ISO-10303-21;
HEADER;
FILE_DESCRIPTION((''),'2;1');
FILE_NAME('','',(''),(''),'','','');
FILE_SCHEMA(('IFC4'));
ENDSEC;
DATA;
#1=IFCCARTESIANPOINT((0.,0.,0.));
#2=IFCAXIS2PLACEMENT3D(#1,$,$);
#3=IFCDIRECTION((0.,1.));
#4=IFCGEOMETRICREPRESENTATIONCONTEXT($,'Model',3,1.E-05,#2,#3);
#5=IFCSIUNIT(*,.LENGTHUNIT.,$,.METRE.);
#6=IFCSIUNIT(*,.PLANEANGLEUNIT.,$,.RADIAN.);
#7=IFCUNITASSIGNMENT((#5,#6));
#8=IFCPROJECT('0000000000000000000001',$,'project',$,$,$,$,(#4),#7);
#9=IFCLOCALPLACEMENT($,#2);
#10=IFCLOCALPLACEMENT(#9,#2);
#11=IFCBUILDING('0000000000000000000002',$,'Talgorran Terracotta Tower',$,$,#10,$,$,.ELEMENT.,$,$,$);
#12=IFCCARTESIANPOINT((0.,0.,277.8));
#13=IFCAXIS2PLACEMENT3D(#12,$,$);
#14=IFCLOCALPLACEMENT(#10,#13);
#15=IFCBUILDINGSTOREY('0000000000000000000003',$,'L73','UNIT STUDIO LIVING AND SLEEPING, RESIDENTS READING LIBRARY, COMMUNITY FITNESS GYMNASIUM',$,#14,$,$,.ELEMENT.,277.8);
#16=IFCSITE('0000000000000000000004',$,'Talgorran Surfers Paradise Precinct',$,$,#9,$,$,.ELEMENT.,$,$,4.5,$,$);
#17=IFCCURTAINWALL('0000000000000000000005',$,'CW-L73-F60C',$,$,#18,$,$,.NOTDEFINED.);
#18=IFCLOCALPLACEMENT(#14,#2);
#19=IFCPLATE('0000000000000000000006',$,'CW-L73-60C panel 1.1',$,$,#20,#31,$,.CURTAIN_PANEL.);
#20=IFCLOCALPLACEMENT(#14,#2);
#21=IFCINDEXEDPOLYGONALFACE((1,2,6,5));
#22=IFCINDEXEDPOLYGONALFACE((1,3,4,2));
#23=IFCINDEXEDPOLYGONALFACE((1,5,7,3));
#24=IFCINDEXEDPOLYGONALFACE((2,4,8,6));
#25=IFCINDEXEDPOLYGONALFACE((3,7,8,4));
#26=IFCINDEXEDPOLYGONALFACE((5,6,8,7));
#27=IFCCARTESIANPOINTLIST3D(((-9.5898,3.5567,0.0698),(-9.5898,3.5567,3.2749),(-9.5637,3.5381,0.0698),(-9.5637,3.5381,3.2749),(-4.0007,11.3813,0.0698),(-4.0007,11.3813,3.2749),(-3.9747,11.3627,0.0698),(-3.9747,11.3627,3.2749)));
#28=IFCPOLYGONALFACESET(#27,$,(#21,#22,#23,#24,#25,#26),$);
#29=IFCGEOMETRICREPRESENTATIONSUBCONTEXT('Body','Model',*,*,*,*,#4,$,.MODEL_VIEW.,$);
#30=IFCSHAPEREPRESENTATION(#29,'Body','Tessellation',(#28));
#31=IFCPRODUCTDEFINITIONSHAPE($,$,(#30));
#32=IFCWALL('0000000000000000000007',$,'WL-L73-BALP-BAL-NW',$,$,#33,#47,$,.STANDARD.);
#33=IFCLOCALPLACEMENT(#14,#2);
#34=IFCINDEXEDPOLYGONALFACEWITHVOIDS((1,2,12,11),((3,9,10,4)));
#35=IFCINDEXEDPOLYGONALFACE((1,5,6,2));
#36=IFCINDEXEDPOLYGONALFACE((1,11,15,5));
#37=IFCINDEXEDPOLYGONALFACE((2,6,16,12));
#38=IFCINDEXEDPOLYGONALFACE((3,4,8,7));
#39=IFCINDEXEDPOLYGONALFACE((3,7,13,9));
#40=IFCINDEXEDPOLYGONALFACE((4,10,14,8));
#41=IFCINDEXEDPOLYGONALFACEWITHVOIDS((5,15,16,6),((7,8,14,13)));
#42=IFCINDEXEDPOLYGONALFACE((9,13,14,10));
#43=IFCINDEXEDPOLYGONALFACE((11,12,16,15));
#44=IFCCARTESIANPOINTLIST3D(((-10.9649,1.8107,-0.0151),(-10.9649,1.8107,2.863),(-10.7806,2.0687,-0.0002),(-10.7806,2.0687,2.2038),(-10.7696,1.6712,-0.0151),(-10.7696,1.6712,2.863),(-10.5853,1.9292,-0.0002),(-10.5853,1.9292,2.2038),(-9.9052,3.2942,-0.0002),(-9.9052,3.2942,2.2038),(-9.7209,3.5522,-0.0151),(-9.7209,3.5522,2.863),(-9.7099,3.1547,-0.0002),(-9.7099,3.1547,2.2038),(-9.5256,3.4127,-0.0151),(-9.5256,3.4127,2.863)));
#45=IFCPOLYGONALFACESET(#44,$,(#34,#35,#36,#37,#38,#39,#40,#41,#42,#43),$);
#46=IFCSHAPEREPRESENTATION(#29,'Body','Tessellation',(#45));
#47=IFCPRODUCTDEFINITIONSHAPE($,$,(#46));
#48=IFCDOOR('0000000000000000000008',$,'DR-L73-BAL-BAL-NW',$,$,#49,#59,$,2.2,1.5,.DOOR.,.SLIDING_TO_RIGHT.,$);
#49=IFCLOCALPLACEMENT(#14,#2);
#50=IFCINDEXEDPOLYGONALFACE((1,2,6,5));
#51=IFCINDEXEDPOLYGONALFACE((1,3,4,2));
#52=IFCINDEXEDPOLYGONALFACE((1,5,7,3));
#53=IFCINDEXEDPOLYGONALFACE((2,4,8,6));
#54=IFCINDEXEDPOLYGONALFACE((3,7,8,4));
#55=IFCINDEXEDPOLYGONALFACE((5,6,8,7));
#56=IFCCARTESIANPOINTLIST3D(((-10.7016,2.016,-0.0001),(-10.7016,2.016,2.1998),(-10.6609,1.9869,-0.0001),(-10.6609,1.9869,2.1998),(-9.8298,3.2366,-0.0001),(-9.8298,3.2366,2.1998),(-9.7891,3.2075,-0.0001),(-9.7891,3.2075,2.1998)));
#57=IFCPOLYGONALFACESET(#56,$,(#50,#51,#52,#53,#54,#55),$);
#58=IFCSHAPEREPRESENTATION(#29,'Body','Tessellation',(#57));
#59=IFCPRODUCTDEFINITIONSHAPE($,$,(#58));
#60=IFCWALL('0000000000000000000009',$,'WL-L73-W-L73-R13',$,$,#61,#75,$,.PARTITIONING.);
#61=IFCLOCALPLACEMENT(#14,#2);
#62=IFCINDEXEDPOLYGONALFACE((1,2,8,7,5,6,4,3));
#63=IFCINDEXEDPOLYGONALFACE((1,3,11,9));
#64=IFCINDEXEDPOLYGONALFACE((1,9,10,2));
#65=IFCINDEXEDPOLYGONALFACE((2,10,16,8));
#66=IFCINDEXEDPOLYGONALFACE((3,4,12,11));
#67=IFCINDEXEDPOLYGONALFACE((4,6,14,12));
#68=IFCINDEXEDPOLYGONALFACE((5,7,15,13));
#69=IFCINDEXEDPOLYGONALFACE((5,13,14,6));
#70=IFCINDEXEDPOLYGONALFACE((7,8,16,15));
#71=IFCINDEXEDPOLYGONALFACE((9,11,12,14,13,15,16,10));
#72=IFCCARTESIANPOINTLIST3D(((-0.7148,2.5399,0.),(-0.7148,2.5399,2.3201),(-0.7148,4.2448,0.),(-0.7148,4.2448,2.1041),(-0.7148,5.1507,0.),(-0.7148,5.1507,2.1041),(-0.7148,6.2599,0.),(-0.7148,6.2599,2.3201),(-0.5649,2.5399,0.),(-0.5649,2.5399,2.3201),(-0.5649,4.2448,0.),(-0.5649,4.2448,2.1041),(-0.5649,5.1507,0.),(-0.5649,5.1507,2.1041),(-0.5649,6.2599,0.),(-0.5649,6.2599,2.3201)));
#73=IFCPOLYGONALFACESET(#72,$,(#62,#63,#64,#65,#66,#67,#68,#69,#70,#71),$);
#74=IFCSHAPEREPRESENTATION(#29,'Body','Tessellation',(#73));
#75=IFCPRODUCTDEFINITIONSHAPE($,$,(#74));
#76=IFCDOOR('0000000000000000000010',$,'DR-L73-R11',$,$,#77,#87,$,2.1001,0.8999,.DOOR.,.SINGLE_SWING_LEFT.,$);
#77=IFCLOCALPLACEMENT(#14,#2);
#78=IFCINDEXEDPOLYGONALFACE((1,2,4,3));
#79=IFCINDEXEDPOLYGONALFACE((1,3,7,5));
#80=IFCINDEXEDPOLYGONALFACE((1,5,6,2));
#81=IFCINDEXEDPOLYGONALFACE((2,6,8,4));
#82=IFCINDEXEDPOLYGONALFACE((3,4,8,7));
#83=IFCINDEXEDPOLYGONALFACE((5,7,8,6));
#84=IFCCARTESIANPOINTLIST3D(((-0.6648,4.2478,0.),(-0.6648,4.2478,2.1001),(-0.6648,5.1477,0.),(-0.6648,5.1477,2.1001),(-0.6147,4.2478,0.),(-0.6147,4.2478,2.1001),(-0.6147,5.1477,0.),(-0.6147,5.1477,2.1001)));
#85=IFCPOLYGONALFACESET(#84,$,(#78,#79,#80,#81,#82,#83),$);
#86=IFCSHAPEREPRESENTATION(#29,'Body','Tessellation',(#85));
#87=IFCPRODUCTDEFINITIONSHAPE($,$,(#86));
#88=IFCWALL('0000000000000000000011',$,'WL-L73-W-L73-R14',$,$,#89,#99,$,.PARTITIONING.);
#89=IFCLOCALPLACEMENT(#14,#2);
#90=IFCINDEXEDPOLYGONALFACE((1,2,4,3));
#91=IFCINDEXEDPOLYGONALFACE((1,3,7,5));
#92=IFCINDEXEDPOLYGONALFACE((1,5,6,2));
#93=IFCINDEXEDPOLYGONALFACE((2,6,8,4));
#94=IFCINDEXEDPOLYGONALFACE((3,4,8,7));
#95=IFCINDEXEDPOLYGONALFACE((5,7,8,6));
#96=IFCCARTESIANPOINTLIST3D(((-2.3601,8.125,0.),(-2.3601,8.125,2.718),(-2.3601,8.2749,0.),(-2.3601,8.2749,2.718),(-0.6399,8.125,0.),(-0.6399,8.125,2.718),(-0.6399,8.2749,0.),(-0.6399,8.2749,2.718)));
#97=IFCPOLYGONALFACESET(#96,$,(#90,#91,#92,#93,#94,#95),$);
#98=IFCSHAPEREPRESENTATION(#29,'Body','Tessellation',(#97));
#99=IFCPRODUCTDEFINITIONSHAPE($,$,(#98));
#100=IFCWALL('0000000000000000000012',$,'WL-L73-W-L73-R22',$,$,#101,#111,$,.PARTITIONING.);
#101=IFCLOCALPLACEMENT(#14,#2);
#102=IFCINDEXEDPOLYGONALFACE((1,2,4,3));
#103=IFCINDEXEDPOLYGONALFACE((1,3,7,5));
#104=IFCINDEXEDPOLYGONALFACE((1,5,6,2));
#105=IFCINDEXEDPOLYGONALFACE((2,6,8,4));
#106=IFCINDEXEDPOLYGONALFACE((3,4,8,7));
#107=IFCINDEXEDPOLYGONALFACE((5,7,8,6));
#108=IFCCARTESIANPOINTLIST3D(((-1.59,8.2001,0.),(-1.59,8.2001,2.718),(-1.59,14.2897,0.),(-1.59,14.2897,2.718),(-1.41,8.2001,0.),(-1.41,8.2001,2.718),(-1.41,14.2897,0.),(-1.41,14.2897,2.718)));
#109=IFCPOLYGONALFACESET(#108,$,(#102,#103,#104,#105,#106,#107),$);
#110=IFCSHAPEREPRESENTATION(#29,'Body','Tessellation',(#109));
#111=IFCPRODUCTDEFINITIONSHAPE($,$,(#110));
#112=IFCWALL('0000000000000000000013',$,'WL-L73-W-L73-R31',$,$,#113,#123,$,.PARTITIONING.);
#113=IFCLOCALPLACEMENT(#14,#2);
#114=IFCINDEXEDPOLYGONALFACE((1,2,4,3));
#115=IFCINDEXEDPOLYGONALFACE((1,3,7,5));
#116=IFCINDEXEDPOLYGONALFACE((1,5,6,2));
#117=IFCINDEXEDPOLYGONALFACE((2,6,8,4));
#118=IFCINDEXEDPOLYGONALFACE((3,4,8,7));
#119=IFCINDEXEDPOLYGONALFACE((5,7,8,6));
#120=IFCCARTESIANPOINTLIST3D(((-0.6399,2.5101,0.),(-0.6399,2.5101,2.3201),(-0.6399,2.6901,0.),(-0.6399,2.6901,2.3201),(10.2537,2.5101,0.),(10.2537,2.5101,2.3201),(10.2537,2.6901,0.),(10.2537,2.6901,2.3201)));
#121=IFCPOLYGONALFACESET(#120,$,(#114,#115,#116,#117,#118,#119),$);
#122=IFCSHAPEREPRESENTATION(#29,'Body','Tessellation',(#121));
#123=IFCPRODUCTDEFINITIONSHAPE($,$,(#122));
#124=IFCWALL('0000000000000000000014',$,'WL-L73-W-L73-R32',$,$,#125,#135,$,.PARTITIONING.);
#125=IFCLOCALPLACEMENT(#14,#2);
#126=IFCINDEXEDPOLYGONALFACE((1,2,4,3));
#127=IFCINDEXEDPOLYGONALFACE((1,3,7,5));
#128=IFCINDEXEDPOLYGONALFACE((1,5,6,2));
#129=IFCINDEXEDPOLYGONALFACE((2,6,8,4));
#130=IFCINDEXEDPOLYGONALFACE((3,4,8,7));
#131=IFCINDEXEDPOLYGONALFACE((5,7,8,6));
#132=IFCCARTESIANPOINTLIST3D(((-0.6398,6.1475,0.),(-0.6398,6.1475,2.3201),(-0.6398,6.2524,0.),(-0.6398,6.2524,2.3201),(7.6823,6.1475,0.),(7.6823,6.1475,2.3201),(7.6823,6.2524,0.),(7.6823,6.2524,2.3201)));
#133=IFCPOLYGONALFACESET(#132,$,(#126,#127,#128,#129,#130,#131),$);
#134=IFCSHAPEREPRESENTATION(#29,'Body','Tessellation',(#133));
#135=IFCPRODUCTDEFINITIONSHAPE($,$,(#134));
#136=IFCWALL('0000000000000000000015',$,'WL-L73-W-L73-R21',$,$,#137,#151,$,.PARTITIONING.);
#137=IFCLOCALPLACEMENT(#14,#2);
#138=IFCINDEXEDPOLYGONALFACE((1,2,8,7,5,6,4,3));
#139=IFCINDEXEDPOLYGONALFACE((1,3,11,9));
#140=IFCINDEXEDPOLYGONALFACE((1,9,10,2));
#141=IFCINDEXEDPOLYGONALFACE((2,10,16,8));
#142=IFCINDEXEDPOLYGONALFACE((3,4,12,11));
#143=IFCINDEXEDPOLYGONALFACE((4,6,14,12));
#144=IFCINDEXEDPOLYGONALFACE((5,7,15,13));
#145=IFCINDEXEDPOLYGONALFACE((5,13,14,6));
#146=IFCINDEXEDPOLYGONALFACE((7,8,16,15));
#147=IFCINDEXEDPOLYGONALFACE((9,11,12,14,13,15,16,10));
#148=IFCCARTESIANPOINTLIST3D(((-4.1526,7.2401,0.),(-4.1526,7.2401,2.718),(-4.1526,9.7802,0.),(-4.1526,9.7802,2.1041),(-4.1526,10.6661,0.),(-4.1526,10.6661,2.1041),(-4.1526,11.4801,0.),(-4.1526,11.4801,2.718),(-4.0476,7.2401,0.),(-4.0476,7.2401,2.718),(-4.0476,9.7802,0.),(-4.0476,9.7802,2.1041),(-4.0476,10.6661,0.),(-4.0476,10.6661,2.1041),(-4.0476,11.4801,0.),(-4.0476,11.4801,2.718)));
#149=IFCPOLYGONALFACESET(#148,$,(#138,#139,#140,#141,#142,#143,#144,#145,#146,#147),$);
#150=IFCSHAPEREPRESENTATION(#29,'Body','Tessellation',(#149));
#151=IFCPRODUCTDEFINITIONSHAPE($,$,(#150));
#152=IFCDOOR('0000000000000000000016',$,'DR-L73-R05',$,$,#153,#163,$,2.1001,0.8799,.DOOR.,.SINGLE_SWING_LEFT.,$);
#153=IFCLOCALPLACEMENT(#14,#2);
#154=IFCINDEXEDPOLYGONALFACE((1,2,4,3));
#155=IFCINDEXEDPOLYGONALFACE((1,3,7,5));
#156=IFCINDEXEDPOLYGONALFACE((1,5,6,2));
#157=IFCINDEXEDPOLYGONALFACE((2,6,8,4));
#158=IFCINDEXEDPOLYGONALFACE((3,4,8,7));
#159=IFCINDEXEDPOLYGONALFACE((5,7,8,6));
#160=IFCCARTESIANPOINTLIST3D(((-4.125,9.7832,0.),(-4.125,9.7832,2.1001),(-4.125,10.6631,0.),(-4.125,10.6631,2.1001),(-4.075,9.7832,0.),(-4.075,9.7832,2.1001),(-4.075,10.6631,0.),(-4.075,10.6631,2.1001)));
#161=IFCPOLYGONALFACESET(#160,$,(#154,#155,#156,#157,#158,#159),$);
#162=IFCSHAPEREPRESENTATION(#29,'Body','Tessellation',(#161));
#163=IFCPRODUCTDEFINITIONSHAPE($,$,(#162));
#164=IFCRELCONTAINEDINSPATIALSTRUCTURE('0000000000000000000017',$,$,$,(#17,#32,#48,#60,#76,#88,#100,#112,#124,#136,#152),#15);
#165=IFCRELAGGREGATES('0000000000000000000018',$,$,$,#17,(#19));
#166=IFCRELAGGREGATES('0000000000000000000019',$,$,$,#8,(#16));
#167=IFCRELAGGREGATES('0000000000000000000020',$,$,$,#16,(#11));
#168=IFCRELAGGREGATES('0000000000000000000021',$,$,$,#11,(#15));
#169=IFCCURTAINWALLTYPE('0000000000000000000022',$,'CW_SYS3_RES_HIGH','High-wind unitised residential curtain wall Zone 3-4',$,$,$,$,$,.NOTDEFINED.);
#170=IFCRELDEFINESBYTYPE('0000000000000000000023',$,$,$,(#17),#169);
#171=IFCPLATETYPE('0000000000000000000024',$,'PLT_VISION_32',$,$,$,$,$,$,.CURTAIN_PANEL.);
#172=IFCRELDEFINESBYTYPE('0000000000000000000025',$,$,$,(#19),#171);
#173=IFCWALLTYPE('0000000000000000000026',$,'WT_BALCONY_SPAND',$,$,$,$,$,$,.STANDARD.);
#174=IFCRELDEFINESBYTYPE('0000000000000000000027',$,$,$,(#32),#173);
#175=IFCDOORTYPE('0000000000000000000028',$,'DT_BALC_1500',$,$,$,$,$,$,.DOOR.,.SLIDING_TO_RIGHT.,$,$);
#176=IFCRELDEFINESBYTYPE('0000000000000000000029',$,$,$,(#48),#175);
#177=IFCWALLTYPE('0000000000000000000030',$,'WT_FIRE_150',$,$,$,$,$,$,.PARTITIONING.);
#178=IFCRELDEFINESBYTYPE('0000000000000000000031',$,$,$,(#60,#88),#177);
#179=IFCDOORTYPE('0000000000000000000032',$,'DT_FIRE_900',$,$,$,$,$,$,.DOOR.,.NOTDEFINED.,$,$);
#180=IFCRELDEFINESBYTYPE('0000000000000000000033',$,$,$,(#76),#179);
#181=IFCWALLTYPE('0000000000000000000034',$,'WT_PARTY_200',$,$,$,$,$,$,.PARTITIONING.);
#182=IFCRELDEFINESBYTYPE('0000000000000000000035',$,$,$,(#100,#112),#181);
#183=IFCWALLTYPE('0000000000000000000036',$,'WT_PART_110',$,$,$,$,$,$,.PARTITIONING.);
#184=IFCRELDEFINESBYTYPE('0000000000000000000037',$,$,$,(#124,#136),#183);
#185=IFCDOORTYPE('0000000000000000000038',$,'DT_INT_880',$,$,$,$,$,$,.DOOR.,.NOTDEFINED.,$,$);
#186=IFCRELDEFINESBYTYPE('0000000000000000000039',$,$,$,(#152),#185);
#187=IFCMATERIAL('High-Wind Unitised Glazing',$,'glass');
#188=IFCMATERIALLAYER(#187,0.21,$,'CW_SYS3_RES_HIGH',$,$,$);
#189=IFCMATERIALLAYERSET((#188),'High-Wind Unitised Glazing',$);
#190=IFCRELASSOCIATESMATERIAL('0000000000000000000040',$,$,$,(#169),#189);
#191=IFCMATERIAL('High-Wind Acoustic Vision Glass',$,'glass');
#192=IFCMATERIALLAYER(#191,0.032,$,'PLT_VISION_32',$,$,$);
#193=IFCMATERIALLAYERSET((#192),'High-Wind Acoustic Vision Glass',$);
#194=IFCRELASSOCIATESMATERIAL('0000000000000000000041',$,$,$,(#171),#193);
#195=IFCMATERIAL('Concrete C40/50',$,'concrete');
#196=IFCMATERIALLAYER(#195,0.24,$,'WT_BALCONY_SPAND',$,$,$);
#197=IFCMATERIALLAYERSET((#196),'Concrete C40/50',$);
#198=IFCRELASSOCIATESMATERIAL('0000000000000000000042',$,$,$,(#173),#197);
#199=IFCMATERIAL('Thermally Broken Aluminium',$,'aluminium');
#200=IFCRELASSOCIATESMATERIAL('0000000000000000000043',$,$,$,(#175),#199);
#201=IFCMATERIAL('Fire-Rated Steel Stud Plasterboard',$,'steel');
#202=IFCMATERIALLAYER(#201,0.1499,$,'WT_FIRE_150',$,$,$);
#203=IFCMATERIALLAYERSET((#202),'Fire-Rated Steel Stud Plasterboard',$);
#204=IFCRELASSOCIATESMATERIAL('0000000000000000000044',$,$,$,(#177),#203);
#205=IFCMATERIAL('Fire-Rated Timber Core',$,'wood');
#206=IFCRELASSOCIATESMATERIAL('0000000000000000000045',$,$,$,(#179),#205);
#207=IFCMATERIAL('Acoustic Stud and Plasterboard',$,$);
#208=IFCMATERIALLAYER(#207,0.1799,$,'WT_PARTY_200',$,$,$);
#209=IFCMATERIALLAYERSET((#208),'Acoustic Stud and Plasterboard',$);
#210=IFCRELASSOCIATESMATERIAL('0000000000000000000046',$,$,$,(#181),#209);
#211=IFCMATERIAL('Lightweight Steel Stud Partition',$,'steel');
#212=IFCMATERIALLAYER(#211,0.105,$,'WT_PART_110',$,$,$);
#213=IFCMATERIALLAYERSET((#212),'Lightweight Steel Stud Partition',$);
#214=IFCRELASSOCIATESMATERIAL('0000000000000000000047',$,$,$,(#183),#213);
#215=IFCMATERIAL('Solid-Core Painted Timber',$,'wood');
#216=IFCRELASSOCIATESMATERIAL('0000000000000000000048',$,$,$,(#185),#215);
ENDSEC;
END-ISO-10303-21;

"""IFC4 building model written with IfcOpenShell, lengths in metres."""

from ifc_helpers import new_model, si_unit, direction, frame, frame_2d, origin, origin_2d, place, context, subcontext, project, spatial, rectangle, extrude, source, transform, mapped, material, layer, layer_set, type_object, type_shapes, element, fill, aggregate, save


model = new_model("IFC4")

# Units and contexts
model_context = context("Model", 3, precision=1e-05, world=origin(), true_north=direction((0.0, 1.0)))
body_context = subcontext(model_context, "Body", "Model", "MODEL_VIEW")
ifc_project = project(units=[si_unit("LENGTHUNIT", "METRE"), si_unit("PLANEANGLEUNIT", "RADIAN")], contexts=[model_context])

# Site, building, storey
site_placement = place(None, origin())
site = spatial("IfcSite", under=ifc_project, at=site_placement, Name="Talgorran Surfers Paradise Precinct", CompositionType="ELEMENT", RefElevation=4.5)
building_placement = place(site_placement, origin())
building = spatial("IfcBuilding", under=site, at=building_placement, Name="Talgorran Terracotta Tower", CompositionType="ELEMENT")
storey_placement = place(building_placement, frame((0.0, 0.0, 277.8)))
storey = spatial("IfcBuildingStorey", under=building, at=storey_placement, Name="L73", Description="UNIT STUDIO LIVING AND SLEEPING, RESIDENTS READING LIBRARY, COMMUNITY FITNESS GYMNASIUM", CompositionType="ELEMENT", Elevation=277.8)

# Curtain wall, plate
ifc_material_1 = material(Name="High-Wind Unitised Glazing", Category="glass")
ifc_layer_1 = layer(ifc_material_1, 0.21, Name="CW_SYS3_RES_HIGH")
ifc_layer_set_1 = layer_set([ifc_layer_1], Name="High-Wind Unitised Glazing")
curtain_wall_type = type_object("IfcCurtainWallType", Name="CW_SYS3_RES_HIGH", Description="High-wind unitised residential curtain wall Zone 3-4", PredefinedType="NOTDEFINED", material=ifc_layer_set_1)
curtain_wall_placement = place(storey_placement, origin())
curtain_wall = element("IfcCurtainWall", 1, at=curtain_wall_placement, inside=storey, type_object=curtain_wall_type, Name="CW-L73-F60C", PredefinedType="NOTDEFINED")
ifc_material_2 = material(Name="High-Wind Acoustic Vision Glass", Category="glass")
ifc_layer_2 = layer(ifc_material_2, 0.032, Name="PLT_VISION_32")
ifc_layer_set_2 = layer_set([ifc_layer_2], Name="High-Wind Acoustic Vision Glass")
plate_type = type_object("IfcPlateType", Name="PLT_VISION_32", PredefinedType="CURTAIN_PANEL", material=ifc_layer_set_2)
shared_shape = source(origin(), body_context, "Body", "SweptSolid", [
    extrude(rectangle(XDim=9.6157, YDim=0.032, at=origin_2d()), origin(), (0.0, 0.0, 1.0), 3.2051),
])
type_shapes(plate_type, [shared_shape])
plate_placement = place(storey_placement, frame((-6.7822, 7.4597, 0.0698), z_axis=(0.0, 0.0, 1.0), x_axis=(-0.581241, -0.813731, 0.0)))
plate = element("IfcPlate", 2, at=plate_placement, type_object=plate_type, Name="CW-L73-60C panel 1.1", PredefinedType="CURTAIN_PANEL", context=body_context, shape_type="MappedRepresentation", body=[
    mapped(shared_shape, transform((0.0, 0.0, 0.0), scale=1.0)),
])
aggregate(curtain_wall, [plate])

# Walls, openings, doors
ifc_material_3 = material(Name="Concrete C40/50", Category="concrete")
ifc_layer_3 = layer(ifc_material_3, 0.24, Name="WT_BALCONY_SPAND")
ifc_layer_set_3 = layer_set([ifc_layer_3], Name="Concrete C40/50")
wall_type_1 = type_object("IfcWallType", Name="WT_BALCONY_SPAND", PredefinedType="STANDARD", material=ifc_layer_set_3)
wall_1_placement = place(storey_placement, frame((-9.6233, 3.4824, -0.0151), z_axis=(0.0, 0.0, 1.0), x_axis=(-0.581238, -0.813733, 0.0)))
wall_1 = element("IfcWall", 3, at=wall_1_placement, inside=storey, type_object=wall_type_1, Name="WL-L73-BALP-BAL-NW", PredefinedType="STANDARD", context=body_context, shape_type="SweptSolid", body=[
    extrude(rectangle(XDim=2.1401, YDim=0.24, at=frame_2d((1.0701, 0.0))), origin(), (0.0, 0.0, 1.0), 2.8782),
])
opening_1_placement = place(wall_1_placement, frame((0.3201, 0.0, 0.0149)))
opening_1 = element("IfcOpeningElement", 4, at=opening_1_placement, cuts=wall_1, PredefinedType="OPENING", context=body_context, shape_type="SweptSolid", body=[
    extrude(rectangle(XDim=1.506, YDim=2.204, at=frame_2d((0.75, 1.1021))), frame((0.0, 0.1299, 0.0), z_axis=(0.0, -1.0, 0.0), x_axis=(1.0, 0.0, 0.0)), (0.0, 0.0, 1.0), 0.26),
])
ifc_material_4 = material(Name="Thermally Broken Aluminium", Category="aluminium")
door_type_1 = type_object("IfcDoorType", Name="DT_BALC_1500", OperationType="SLIDING_TO_RIGHT", PredefinedType="DOOR", material=ifc_material_4)
door_1_placement = place(opening_1_placement, origin())
door_1 = element("IfcDoor", 5, at=door_1_placement, inside=storey, type_object=door_type_1, Name="DR-L73-BAL-BAL-NW", OperationType="SLIDING_TO_RIGHT", OverallHeight=2.2, OverallWidth=1.5, PredefinedType="DOOR", context=body_context, shape_type="SweptSolid", body=[
    extrude(rectangle(XDim=1.5, YDim=2.2, at=frame_2d((0.75, 1.1001))), frame((0.0, 0.0249, 0.0), z_axis=(0.0, -1.0, 0.0), x_axis=(1.0, 0.0, 0.0)), (0.0, 0.0, 1.0), 0.05),
])
fill(opening_1, door_1)
ifc_material_5 = material(Name="Fire-Rated Steel Stud Plasterboard", Category="steel")
ifc_layer_4 = layer(ifc_material_5, 0.1499, Name="WT_FIRE_150")
ifc_layer_set_4 = layer_set([ifc_layer_4], Name="Fire-Rated Steel Stud Plasterboard")
wall_type_2 = type_object("IfcWallType", Name="WT_FIRE_150", PredefinedType="PARTITIONING", material=ifc_layer_set_4)
wall_2_placement = place(storey_placement, frame((-0.6399, 2.54, 0.0), z_axis=(0.0, 0.0, 1.0), x_axis=(0.0, 1.0, 0.0)))
wall_2 = element("IfcWall", 6, at=wall_2_placement, inside=storey, type_object=wall_type_2, Name="WL-L73-W-L73-R13", PredefinedType="PARTITIONING", context=body_context, shape_type="SweptSolid", body=[
    extrude(rectangle(XDim=3.72, YDim=0.1499, at=frame_2d((1.8599, 0.0))), origin(), (0.0, 0.0, 1.0), 2.3201),
])
opening_2_placement = place(wall_2_placement, frame((1.7078, 0.0, 0.0)))
opening_2 = element("IfcOpeningElement", 7, at=opening_2_placement, cuts=wall_2, PredefinedType="OPENING", context=body_context, shape_type="SweptSolid", body=[
    extrude(rectangle(XDim=0.9059, YDim=2.1041, at=frame_2d((0.45, 1.052))), frame((0.0, 0.085, 0.0), z_axis=(0.0, -1.0, 0.0), x_axis=(1.0, 0.0, 0.0)), (0.0, 0.0, 1.0), 0.1699),
])
ifc_material_6 = material(Name="Fire-Rated Timber Core", Category="wood")
door_type_2 = type_object("IfcDoorType", Name="DT_FIRE_900", OperationType="NOTDEFINED", PredefinedType="DOOR", material=ifc_material_6)
door_2_placement = place(opening_2_placement, origin())
door_2 = element("IfcDoor", 8, at=door_2_placement, inside=storey, type_object=door_type_2, Name="DR-L73-R11", OperationType="SINGLE_SWING_LEFT", OverallHeight=2.1001, OverallWidth=0.8999, PredefinedType="DOOR", context=body_context, shape_type="SweptSolid", body=[
    extrude(rectangle(XDim=0.8999, YDim=2.1001, at=frame_2d((0.45, 1.05))), frame((0.0, 0.0249, 0.0), z_axis=(0.0, -1.0, 0.0), x_axis=(1.0, 0.0, 0.0)), (0.0, 0.0, 1.0), 0.05),
])
fill(opening_2, door_2)

# Walls
wall_3_placement = place(storey_placement, frame((-2.3601, 8.2, 0.0), z_axis=(0.0, 0.0, 1.0), x_axis=(1.0, 0.0, 0.0)))
element("IfcWall", 9, at=wall_3_placement, inside=storey, type_object=wall_type_2, Name="WL-L73-W-L73-R14", PredefinedType="PARTITIONING", context=body_context, shape_type="SweptSolid", body=[
    extrude(rectangle(XDim=1.7202, YDim=0.1499, at=frame_2d((0.8601, 0.0))), origin(), (0.0, 0.0, 1.0), 2.718),
])
ifc_material_7 = material(Name="Acoustic Stud and Plasterboard")
ifc_layer_5 = layer(ifc_material_7, 0.1799, Name="WT_PARTY_200")
ifc_layer_set_5 = layer_set([ifc_layer_5], Name="Acoustic Stud and Plasterboard")
wall_type_3 = type_object("IfcWallType", Name="WT_PARTY_200", PredefinedType="PARTITIONING", material=ifc_layer_set_5)
wall_4_placement = place(storey_placement, frame((-1.5, 8.2, 0.0), z_axis=(0.0, 0.0, 1.0), x_axis=(0.0, 1.0, 0.0)))
element("IfcWall", 10, at=wall_4_placement, inside=storey, type_object=wall_type_3, Name="WL-L73-W-L73-R22", PredefinedType="PARTITIONING", context=body_context, shape_type="SweptSolid", body=[
    extrude(rectangle(XDim=6.0896, YDim=0.1799, at=frame_2d((3.0449, 0.0))), origin(), (0.0, 0.0, 1.0), 2.718),
])
wall_5_placement = place(storey_placement, frame((-0.6399, 2.6001, 0.0), z_axis=(0.0, 0.0, 1.0), x_axis=(1.0, 0.0, 0.0)))
element("IfcWall", 11, at=wall_5_placement, inside=storey, type_object=wall_type_3, Name="WL-L73-W-L73-R31", PredefinedType="PARTITIONING", context=body_context, shape_type="SweptSolid", body=[
    extrude(rectangle(XDim=10.8936, YDim=0.1799, at=frame_2d((5.4468, 0.0))), origin(), (0.0, 0.0, 1.0), 2.3201),
])
ifc_material_8 = material(Name="Lightweight Steel Stud Partition", Category="steel")
ifc_layer_6 = layer(ifc_material_8, 0.105, Name="WT_PART_110")
ifc_layer_set_6 = layer_set([ifc_layer_6], Name="Lightweight Steel Stud Partition")
wall_type_4 = type_object("IfcWallType", Name="WT_PART_110", PredefinedType="PARTITIONING", material=ifc_layer_set_6)
wall_6_placement = place(storey_placement, frame((-0.6399, 6.2, 0.0), z_axis=(0.0, 0.0, 1.0), x_axis=(1.0, 0.0, 0.0)))
element("IfcWall", 12, at=wall_6_placement, inside=storey, type_object=wall_type_4, Name="WL-L73-W-L73-R32", PredefinedType="PARTITIONING", context=body_context, shape_type="SweptSolid", body=[
    extrude(rectangle(XDim=8.322, YDim=0.105, at=frame_2d((4.1611, 0.0))), origin(), (0.0, 0.0, 1.0), 2.3201),
])

# Wall, opening, door
wall_7_placement = place(storey_placement, frame((-4.1001, 7.24, 0.0), z_axis=(0.0, 0.0, 1.0), x_axis=(0.0, 1.0, 0.0)))
wall_7 = element("IfcWall", 13, at=wall_7_placement, inside=storey, type_object=wall_type_4, Name="WL-L73-W-L73-R21", PredefinedType="PARTITIONING", context=body_context, shape_type="SweptSolid", body=[
    extrude(rectangle(XDim=4.24, YDim=0.105, at=frame_2d((2.1201, 0.0))), origin(), (0.0, 0.0, 1.0), 2.718),
])
opening_3_placement = place(wall_7_placement, frame((2.5432, 0.0, 0.0)))
opening_3 = element("IfcOpeningElement", 14, at=opening_3_placement, cuts=wall_7, PredefinedType="OPENING", context=body_context, shape_type="SweptSolid", body=[
    extrude(rectangle(XDim=0.8859, YDim=2.1041, at=frame_2d((0.4399, 1.052))), frame((0.0, 0.0625, 0.0), z_axis=(0.0, -1.0, 0.0), x_axis=(1.0, 0.0, 0.0)), (0.0, 0.0, 1.0), 0.125),
])
ifc_material_9 = material(Name="Solid-Core Painted Timber", Category="wood")
door_type_3 = type_object("IfcDoorType", Name="DT_INT_880", OperationType="NOTDEFINED", PredefinedType="DOOR", material=ifc_material_9)
door_3_placement = place(opening_3_placement, origin())
door_3 = element("IfcDoor", 15, at=door_3_placement, inside=storey, type_object=door_type_3, Name="DR-L73-R05", OperationType="SINGLE_SWING_LEFT", OverallHeight=2.1001, OverallWidth=0.8799, PredefinedType="DOOR", context=body_context, shape_type="SweptSolid", body=[
    extrude(rectangle(XDim=0.8799, YDim=2.1001, at=frame_2d((0.4399, 1.05))), frame((0.0, 0.0249, 0.0), z_axis=(0.0, -1.0, 0.0), x_axis=(1.0, 0.0, 0.0)), (0.0, 0.0, 1.0), 0.05),
])
fill(opening_3, door_3)

save(model, "model.ifc")
